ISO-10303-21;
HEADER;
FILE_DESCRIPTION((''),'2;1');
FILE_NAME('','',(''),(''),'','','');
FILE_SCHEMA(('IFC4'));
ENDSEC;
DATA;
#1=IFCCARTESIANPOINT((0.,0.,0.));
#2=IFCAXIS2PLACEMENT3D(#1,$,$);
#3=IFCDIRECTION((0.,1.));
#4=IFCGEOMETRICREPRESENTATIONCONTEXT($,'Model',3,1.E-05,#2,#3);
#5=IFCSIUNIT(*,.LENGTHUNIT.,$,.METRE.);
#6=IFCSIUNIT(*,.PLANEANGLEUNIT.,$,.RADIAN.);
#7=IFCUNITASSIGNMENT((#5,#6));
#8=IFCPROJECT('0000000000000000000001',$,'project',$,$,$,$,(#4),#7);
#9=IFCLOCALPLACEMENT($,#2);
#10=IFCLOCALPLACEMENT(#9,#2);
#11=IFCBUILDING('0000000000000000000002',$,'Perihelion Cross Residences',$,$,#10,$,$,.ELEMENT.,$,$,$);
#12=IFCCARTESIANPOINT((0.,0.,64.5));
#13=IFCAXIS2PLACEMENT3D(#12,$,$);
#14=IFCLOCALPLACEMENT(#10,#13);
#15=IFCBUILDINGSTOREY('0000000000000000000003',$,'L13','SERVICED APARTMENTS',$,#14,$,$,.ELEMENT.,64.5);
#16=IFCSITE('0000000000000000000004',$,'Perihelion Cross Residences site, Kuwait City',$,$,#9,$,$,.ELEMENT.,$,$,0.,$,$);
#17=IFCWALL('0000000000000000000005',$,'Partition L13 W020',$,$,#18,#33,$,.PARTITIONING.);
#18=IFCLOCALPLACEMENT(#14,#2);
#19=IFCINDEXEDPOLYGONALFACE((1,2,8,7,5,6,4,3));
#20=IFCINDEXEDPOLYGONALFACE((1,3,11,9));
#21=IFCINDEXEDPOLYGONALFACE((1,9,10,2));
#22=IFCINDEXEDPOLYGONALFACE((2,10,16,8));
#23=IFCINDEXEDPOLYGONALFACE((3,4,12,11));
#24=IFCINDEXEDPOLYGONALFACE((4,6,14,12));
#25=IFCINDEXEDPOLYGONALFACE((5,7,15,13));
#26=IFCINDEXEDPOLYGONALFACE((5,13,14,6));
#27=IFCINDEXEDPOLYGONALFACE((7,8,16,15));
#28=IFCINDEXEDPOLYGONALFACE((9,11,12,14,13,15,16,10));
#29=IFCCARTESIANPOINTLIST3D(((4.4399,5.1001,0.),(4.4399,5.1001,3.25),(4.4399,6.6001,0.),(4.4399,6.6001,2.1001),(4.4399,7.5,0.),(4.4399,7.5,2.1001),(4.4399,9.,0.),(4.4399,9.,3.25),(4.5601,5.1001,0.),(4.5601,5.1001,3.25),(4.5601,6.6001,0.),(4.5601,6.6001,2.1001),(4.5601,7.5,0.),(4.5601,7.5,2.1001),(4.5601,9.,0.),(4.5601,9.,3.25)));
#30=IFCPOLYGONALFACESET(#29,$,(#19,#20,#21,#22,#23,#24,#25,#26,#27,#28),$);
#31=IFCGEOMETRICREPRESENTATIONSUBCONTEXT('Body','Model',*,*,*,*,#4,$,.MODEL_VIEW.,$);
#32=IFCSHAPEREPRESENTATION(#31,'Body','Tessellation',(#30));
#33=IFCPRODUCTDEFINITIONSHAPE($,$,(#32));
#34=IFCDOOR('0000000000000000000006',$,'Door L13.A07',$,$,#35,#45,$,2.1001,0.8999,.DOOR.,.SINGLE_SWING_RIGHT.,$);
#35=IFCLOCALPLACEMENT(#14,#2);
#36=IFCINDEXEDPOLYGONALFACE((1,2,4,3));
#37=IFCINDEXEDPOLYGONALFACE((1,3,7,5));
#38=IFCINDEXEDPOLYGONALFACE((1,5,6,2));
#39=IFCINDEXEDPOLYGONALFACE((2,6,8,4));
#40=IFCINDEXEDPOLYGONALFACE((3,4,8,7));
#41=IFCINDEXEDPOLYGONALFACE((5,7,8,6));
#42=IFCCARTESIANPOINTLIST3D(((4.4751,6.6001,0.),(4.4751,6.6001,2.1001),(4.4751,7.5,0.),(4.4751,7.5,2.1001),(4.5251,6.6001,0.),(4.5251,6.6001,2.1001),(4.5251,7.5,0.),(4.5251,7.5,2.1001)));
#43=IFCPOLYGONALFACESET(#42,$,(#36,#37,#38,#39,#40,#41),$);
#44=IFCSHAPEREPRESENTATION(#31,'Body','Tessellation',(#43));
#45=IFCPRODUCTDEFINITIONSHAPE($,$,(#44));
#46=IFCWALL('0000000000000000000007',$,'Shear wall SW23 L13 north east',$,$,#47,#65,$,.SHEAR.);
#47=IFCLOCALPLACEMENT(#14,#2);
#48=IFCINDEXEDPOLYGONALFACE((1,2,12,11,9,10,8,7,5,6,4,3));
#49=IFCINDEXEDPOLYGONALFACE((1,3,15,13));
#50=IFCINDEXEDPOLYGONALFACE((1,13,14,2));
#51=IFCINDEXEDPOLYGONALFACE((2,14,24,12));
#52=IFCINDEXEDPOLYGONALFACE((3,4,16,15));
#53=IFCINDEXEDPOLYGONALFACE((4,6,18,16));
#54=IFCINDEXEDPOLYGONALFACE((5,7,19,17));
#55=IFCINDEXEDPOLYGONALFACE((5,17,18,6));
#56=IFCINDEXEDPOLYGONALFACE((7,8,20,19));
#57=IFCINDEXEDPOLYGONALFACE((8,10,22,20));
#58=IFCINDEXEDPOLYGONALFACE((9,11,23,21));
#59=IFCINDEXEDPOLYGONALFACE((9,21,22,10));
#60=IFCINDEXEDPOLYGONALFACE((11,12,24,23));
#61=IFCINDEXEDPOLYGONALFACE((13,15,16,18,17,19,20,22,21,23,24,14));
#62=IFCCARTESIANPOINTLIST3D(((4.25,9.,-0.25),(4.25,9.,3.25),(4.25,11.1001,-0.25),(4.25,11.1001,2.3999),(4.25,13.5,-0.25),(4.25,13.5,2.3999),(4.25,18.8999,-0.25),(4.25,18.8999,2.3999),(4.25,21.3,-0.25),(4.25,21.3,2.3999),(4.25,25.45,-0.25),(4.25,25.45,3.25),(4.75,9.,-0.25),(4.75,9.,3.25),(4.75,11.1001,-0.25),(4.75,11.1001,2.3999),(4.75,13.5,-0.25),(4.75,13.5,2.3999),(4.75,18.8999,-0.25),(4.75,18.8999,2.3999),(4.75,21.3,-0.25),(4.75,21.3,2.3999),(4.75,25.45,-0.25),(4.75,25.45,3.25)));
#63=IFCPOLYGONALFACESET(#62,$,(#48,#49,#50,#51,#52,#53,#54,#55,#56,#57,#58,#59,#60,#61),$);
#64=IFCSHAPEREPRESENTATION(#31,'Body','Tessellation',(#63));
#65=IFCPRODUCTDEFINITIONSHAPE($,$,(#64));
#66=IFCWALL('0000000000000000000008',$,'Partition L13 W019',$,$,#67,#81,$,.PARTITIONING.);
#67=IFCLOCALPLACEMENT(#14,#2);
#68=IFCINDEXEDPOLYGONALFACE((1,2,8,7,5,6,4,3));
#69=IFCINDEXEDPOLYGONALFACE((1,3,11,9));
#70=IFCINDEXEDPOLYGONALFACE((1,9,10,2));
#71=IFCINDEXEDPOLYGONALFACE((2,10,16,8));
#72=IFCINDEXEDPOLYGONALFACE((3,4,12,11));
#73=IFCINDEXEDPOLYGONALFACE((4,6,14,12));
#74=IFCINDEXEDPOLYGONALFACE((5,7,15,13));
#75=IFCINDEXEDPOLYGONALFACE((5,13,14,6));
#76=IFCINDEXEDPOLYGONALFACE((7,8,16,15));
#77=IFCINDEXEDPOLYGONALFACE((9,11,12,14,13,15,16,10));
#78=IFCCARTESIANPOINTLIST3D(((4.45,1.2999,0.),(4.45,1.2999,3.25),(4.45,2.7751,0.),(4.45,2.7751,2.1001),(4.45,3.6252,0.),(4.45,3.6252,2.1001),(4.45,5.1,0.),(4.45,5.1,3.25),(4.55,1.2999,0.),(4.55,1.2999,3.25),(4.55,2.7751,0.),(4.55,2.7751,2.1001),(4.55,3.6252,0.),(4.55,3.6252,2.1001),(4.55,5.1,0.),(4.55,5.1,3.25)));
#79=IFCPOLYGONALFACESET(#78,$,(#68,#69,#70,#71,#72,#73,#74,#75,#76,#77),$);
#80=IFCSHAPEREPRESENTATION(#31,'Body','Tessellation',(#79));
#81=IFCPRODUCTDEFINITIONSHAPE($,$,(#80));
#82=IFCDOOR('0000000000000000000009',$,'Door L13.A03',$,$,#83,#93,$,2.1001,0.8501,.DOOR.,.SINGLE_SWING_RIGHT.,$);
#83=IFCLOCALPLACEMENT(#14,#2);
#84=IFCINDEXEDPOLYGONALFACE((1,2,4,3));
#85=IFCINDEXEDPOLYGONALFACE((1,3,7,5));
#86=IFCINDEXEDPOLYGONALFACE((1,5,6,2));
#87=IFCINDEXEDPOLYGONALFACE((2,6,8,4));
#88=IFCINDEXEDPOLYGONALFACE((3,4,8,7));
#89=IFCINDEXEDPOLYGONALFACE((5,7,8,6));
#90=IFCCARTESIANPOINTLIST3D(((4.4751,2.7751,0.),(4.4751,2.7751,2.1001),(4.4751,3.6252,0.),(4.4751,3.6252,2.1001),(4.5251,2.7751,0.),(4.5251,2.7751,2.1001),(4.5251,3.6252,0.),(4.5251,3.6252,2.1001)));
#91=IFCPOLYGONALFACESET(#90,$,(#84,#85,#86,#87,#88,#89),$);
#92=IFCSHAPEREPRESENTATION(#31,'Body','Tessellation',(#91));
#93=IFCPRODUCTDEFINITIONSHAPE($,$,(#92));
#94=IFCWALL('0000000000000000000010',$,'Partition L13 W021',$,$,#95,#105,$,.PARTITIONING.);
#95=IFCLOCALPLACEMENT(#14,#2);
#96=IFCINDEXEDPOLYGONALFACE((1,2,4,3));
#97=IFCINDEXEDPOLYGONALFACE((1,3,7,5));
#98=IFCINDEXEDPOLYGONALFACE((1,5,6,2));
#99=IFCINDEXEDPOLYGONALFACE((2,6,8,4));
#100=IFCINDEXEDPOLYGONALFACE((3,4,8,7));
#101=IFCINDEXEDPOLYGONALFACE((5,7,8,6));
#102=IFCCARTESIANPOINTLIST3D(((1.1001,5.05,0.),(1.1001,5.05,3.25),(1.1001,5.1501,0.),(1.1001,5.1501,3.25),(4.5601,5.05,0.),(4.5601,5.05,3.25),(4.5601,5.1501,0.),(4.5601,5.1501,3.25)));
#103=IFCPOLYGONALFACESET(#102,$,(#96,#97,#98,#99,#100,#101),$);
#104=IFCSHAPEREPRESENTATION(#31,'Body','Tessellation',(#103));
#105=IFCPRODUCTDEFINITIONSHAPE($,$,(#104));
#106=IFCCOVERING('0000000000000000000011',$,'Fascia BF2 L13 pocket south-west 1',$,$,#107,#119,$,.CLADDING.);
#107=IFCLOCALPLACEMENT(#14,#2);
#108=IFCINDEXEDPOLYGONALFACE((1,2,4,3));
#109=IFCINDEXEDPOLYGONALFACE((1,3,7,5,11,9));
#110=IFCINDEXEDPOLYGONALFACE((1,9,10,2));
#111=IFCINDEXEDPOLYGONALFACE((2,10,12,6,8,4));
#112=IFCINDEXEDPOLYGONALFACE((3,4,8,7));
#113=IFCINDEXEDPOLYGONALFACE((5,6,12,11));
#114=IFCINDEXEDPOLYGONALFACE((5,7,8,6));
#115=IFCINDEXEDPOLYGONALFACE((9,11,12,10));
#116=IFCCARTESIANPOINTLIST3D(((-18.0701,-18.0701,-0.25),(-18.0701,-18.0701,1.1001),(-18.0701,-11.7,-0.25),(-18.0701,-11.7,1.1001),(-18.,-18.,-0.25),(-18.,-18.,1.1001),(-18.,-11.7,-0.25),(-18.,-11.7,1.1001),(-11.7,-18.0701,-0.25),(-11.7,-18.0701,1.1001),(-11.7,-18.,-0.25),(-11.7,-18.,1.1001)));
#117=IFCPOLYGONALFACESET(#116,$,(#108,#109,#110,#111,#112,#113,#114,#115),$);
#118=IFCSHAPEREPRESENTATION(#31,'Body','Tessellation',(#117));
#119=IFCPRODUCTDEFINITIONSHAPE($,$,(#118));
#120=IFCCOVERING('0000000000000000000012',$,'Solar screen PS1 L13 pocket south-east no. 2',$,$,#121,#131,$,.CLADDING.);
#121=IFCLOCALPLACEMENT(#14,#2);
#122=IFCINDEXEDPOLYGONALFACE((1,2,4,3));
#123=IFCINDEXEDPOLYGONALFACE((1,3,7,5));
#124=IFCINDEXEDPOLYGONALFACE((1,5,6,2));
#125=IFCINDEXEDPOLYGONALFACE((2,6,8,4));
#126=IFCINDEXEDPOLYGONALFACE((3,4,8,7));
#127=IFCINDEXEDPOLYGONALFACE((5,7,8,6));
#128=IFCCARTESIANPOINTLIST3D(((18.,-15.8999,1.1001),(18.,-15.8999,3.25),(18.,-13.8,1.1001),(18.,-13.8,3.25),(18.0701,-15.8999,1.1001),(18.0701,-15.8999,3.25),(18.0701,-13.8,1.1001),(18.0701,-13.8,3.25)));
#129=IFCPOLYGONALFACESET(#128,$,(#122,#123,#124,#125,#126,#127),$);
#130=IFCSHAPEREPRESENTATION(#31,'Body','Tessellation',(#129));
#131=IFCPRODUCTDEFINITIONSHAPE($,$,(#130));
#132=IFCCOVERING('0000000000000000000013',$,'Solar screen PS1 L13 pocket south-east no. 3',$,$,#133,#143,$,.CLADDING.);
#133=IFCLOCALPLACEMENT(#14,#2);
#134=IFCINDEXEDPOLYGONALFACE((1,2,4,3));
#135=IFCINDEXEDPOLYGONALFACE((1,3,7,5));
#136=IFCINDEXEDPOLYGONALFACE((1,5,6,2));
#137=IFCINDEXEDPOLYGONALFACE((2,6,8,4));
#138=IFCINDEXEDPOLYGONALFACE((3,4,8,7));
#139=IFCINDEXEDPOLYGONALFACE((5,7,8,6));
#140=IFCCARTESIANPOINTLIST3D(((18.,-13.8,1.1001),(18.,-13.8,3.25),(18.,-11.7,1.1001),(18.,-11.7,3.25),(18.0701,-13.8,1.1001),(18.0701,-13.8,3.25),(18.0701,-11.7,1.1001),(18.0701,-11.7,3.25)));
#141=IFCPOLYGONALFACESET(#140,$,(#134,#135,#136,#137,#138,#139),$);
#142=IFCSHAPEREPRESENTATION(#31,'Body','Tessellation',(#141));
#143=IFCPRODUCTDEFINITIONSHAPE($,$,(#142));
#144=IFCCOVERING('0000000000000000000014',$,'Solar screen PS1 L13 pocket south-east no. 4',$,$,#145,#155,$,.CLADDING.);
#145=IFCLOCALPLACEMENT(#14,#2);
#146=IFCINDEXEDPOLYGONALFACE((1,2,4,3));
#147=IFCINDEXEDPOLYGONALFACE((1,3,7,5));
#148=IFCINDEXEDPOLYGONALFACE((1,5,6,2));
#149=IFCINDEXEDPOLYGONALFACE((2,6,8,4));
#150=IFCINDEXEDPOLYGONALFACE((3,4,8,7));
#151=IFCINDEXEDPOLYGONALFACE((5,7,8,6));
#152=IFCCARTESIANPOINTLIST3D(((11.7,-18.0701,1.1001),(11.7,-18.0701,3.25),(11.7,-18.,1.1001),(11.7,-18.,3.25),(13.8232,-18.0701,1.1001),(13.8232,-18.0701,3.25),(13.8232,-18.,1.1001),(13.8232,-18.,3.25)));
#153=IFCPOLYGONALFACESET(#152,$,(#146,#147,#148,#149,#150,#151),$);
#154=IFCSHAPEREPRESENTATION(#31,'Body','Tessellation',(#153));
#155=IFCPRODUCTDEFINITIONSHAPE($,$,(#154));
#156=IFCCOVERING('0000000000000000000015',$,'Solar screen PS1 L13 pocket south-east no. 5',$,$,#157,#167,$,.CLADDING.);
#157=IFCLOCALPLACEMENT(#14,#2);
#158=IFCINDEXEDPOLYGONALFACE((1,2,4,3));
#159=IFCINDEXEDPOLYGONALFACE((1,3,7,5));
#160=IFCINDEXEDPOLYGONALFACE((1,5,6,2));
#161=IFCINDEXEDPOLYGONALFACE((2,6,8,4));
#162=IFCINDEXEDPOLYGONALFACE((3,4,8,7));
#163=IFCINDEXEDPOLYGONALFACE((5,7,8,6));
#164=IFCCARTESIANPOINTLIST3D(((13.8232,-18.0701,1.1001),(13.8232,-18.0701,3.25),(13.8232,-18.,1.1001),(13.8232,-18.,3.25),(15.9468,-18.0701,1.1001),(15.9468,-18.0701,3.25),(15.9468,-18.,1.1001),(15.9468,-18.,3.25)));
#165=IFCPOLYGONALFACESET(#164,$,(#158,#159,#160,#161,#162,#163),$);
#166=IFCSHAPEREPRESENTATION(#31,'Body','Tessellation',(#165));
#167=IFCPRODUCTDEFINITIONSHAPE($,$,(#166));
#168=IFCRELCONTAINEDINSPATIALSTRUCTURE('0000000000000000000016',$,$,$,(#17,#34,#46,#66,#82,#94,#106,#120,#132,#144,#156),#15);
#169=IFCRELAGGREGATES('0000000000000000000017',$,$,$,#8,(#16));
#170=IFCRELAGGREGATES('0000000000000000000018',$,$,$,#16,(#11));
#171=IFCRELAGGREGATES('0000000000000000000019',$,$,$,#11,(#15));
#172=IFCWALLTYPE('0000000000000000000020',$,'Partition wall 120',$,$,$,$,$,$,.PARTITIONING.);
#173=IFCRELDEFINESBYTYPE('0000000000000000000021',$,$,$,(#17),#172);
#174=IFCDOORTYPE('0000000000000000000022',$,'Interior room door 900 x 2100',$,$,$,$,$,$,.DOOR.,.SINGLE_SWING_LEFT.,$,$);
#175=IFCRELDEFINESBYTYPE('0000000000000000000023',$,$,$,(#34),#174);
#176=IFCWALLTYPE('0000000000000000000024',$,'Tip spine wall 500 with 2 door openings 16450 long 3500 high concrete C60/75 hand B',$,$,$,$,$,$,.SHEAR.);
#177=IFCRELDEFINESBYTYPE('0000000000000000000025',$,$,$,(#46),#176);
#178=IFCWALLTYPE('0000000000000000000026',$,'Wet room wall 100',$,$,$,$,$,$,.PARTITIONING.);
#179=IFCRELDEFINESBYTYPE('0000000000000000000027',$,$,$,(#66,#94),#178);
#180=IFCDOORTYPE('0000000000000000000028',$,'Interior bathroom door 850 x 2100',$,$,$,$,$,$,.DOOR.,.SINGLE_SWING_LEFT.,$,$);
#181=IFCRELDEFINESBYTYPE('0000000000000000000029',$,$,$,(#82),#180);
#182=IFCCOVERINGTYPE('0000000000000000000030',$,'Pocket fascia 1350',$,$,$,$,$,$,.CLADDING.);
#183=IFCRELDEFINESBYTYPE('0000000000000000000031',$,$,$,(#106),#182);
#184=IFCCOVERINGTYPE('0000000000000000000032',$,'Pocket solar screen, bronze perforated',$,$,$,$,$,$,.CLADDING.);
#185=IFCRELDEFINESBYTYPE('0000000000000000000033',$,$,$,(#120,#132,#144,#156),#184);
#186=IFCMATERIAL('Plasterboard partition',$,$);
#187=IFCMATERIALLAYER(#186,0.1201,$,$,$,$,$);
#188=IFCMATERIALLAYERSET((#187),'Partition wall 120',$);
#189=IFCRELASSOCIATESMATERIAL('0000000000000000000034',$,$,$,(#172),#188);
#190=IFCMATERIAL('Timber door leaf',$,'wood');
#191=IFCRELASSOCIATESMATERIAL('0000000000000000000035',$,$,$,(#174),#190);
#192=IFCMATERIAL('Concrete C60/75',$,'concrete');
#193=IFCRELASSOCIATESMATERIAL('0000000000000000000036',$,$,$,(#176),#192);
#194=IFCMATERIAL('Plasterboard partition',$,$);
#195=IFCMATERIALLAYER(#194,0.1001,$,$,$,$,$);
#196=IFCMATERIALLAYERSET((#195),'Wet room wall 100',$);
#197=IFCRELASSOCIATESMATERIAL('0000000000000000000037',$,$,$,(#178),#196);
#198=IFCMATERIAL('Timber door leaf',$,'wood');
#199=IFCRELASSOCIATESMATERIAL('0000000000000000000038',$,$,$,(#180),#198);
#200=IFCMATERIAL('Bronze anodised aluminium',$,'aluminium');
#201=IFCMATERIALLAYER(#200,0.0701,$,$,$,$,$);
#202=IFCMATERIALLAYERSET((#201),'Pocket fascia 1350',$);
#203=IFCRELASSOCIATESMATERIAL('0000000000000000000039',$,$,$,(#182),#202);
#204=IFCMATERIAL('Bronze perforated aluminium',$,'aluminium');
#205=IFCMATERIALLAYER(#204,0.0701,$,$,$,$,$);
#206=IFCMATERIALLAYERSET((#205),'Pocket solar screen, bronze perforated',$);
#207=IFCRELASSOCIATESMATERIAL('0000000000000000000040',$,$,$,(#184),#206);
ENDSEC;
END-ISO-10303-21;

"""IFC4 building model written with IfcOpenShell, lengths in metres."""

from ifc_helpers import new_model, si_unit, direction, frame, frame_2d, origin, place, context, subcontext, project, spatial, polyline, rectangle, outline, extrude, material, layer, layer_set, material_profile, profile_set, type_object, element, fill, save


model = new_model("IFC4")

# Units and contexts
model_context = context("Model", 3, precision=1e-05, world=origin(), true_north=direction((0.0, 1.0)))
body_context = subcontext(model_context, "Body", "Model", "MODEL_VIEW")
ifc_project = project(units=[si_unit("LENGTHUNIT", "METRE"), si_unit("PLANEANGLEUNIT", "RADIAN")], contexts=[model_context])

# Site, building, storey
site_placement = place(None, origin())
site = spatial("IfcSite", under=ifc_project, at=site_placement, Name="Perihelion Cross Residences site, Kuwait City", CompositionType="ELEMENT", RefElevation=0.0)
building_placement = place(site_placement, origin())
building = spatial("IfcBuilding", under=site, at=building_placement, Name="Perihelion Cross Residences", CompositionType="ELEMENT")
storey_placement = place(building_placement, frame((0.0, 0.0, 64.5)))
storey = spatial("IfcBuildingStorey", under=building, at=storey_placement, Name="L13", Description="SERVICED APARTMENTS", CompositionType="ELEMENT", Elevation=64.5)

# Wall, opening, door
ifc_material_1 = material(Name="Plasterboard partition")
ifc_layer_1 = layer(ifc_material_1, 0.1201)
ifc_layer_set_1 = layer_set([ifc_layer_1], Name="Partition wall 120")
wall_type_1 = type_object("IfcWallType", Name="Partition wall 120", PredefinedType="PARTITIONING", material=ifc_layer_set_1)
wall_1_placement = place(storey_placement, frame((4.5, 5.1001, 0.0), z_axis=(0.0, 0.0, 1.0), x_axis=(0.0, 1.0, 0.0)))
wall_1 = element("IfcWall", 1, at=wall_1_placement, inside=storey, type_object=wall_type_1, Name="Partition L13 W020", PredefinedType="PARTITIONING", context=body_context, shape_type="SweptSolid", body=[
    extrude(rectangle(XDim=3.8999, YDim=0.1201, at=frame_2d((1.95, 0.0))), origin(), (0.0, 0.0, 1.0), 3.25),
])
opening_1_placement = place(wall_1_placement, frame((1.5, 0.0, 0.0)))
opening_1 = element("IfcOpeningElement", 2, at=opening_1_placement, cuts=wall_1, PredefinedType="OPENING", context=body_context, shape_type="SweptSolid", body=[
    extrude(rectangle(XDim=0.8999, YDim=2.1001, at=frame_2d((0.45, 1.05))), frame((0.0, 0.0701, 0.0), z_axis=(0.0, -1.0, 0.0), x_axis=(1.0, 0.0, 0.0)), (0.0, 0.0, 1.0), 0.1401),
])
ifc_material_2 = material(Name="Timber door leaf", Category="wood")
door_type_1 = type_object("IfcDoorType", Name="Interior room door 900 x 2100", OperationType="SINGLE_SWING_LEFT", PredefinedType="DOOR", material=ifc_material_2)
door_1_placement = place(opening_1_placement, origin())
door_1 = element("IfcDoor", 3, at=door_1_placement, inside=storey, type_object=door_type_1, Name="Door L13.A07", OperationType="SINGLE_SWING_RIGHT", OverallHeight=2.1001, OverallWidth=0.8999, PredefinedType="DOOR", context=body_context, shape_type="SweptSolid", body=[
    extrude(rectangle(XDim=0.8999, YDim=2.1001, at=frame_2d((0.45, 1.05))), frame((0.0, 0.0249, 0.0), z_axis=(0.0, -1.0, 0.0), x_axis=(1.0, 0.0, 0.0)), (0.0, 0.0, 1.0), 0.05),
])
fill(opening_1, door_1)

# Wall
ifc_material_3 = material(Name="Concrete C60/75", Category="concrete")
ifc_material_profile_1 = material_profile(ifc_material_3, outline(polyline([(0.0, 0.0), (2.1001, 0.0), (2.1001, 2.6499), (4.5, 2.6499), (4.5, 0.0), (9.8999, 0.0), (9.8999, 2.6499), (12.3, 2.6499), (12.3, 0.0), (16.45, 0.0), (16.45, 3.5), (0.0, 3.5), (0.0, 0.0)])), Name="Tip spine wall")
ifc_profile_set_1 = profile_set([ifc_material_profile_1], Name="Concrete C60/75")
wall_type_2 = type_object("IfcWallType", Name="Tip spine wall 500 with 2 door openings 16450 long 3500 high concrete C60/75 hand B", PredefinedType="SHEAR", material=ifc_profile_set_1)
wall_2_placement = place(storey_placement, frame((4.25, 9.0, -0.25), z_axis=(1.0, 0.0, 0.0), x_axis=(0.0, 1.0, 0.0)))
element("IfcWall", 4, at=wall_2_placement, inside=storey, type_object=wall_type_2, Name="Shear wall SW23 L13 north east", PredefinedType="SHEAR", context=body_context, shape_type="SweptSolid", body=[
    extrude(outline(polyline([(0.0, 0.0), (2.1001, 0.0), (2.1001, 2.6499), (4.5, 2.6499), (4.5, 0.0), (9.8999, 0.0), (9.8999, 2.6499), (12.3, 2.6499), (12.3, 0.0), (16.45, 0.0), (16.45, 3.5), (0.0, 3.5), (0.0, 0.0)])), origin(), (0.0, 0.0, 1.0), 0.5),
])

# Wall, opening, door
ifc_material_4 = material(Name="Plasterboard partition")
ifc_layer_2 = layer(ifc_material_4, 0.1001)
ifc_layer_set_2 = layer_set([ifc_layer_2], Name="Wet room wall 100")
wall_type_3 = type_object("IfcWallType", Name="Wet room wall 100", PredefinedType="PARTITIONING", material=ifc_layer_set_2)
wall_3_placement = place(storey_placement, frame((4.5, 1.3, 0.0), z_axis=(0.0, 0.0, 1.0), x_axis=(0.0, 1.0, 0.0)))
wall_3 = element("IfcWall", 5, at=wall_3_placement, inside=storey, type_object=wall_type_3, Name="Partition L13 W019", PredefinedType="PARTITIONING", context=body_context, shape_type="SweptSolid", body=[
    extrude(rectangle(XDim=3.8, YDim=0.1001, at=frame_2d((1.8999, 0.0))), origin(), (0.0, 0.0, 1.0), 3.25),
])
opening_2_placement = place(wall_3_placement, frame((1.4751, 0.0, 0.0)))
opening_2 = element("IfcOpeningElement", 6, at=opening_2_placement, cuts=wall_3, PredefinedType="OPENING", context=body_context, shape_type="SweptSolid", body=[
    extrude(rectangle(XDim=0.8501, YDim=2.1001, at=frame_2d((0.425, 1.05))), frame((0.0, 0.0601, 0.0), z_axis=(0.0, -1.0, 0.0), x_axis=(1.0, 0.0, 0.0)), (0.0, 0.0, 1.0), 0.1201),
])
ifc_material_5 = material(Name="Timber door leaf", Category="wood")
door_type_2 = type_object("IfcDoorType", Name="Interior bathroom door 850 x 2100", OperationType="SINGLE_SWING_LEFT", PredefinedType="DOOR", material=ifc_material_5)
door_2_placement = place(opening_2_placement, origin())
door_2 = element("IfcDoor", 7, at=door_2_placement, inside=storey, type_object=door_type_2, Name="Door L13.A03", OperationType="SINGLE_SWING_RIGHT", OverallHeight=2.1001, OverallWidth=0.8501, PredefinedType="DOOR", context=body_context, shape_type="SweptSolid", body=[
    extrude(rectangle(XDim=0.8501, YDim=2.1001, at=frame_2d((0.425, 1.05))), frame((0.0, 0.0249, 0.0), z_axis=(0.0, -1.0, 0.0), x_axis=(1.0, 0.0, 0.0)), (0.0, 0.0, 1.0), 0.05),
])
fill(opening_2, door_2)

# Wall
wall_4_placement = place(storey_placement, frame((1.1001, 5.1001, 0.0), z_axis=(0.0, 0.0, 1.0), x_axis=(1.0, 0.0, 0.0)))
element("IfcWall", 8, at=wall_4_placement, inside=storey, type_object=wall_type_3, Name="Partition L13 W021", PredefinedType="PARTITIONING", context=body_context, shape_type="SweptSolid", body=[
    extrude(rectangle(XDim=3.46, YDim=0.1001, at=frame_2d((1.73, 0.0))), origin(), (0.0, 0.0, 1.0), 3.25),
])

# Coverings
ifc_material_6 = material(Name="Bronze anodised aluminium", Category="aluminium")
ifc_layer_3 = layer(ifc_material_6, 0.0701)
ifc_layer_set_3 = layer_set([ifc_layer_3], Name="Pocket fascia 1350")
covering_type_1 = type_object("IfcCoveringType", Name="Pocket fascia 1350", PredefinedType="CLADDING", material=ifc_layer_set_3)
covering_1_placement = place(storey_placement, frame((0.0, 0.0, -0.25)))
element("IfcCovering", 9, at=covering_1_placement, inside=storey, type_object=covering_type_1, Name="Fascia BF2 L13 pocket south-west 1", PredefinedType="CLADDING", context=body_context, shape_type="SweptSolid", body=[
    extrude(outline(polyline([(-18.0701, -11.7), (-18.0701, -18.0701), (-11.7, -18.0701), (-11.7, -18.0), (-18.0, -18.0), (-18.0, -11.7), (-18.0701, -11.7)])), origin(), (0.0, 0.0, 1.0), 1.3501),
])
ifc_material_7 = material(Name="Bronze perforated aluminium", Category="aluminium")
ifc_layer_4 = layer(ifc_material_7, 0.0701)
ifc_layer_set_4 = layer_set([ifc_layer_4], Name="Pocket solar screen, bronze perforated")
covering_type_2 = type_object("IfcCoveringType", Name="Pocket solar screen, bronze perforated", PredefinedType="CLADDING", material=ifc_layer_set_4)
covering_2_placement = place(storey_placement, frame((0.0, 0.0, 1.1001)))
element("IfcCovering", 10, at=covering_2_placement, inside=storey, type_object=covering_type_2, Name="Solar screen PS1 L13 pocket south-east no. 2", PredefinedType="CLADDING", context=body_context, shape_type="SweptSolid", body=[
    extrude(outline(polyline([(18.0701, -15.8999), (18.0701, -13.8), (18.0, -13.8), (18.0, -15.8999), (18.0701, -15.8999)])), origin(), (0.0, 0.0, 1.0), 2.1499),
])
covering_3_placement = place(storey_placement, frame((0.0, 0.0, 1.1001)))
element("IfcCovering", 11, at=covering_3_placement, inside=storey, type_object=covering_type_2, Name="Solar screen PS1 L13 pocket south-east no. 3", PredefinedType="CLADDING", context=body_context, shape_type="SweptSolid", body=[
    extrude(outline(polyline([(18.0701, -13.8), (18.0701, -11.7), (18.0, -11.7), (18.0, -13.8), (18.0701, -13.8)])), origin(), (0.0, 0.0, 1.0), 2.1499),
])
covering_4_placement = place(storey_placement, frame((0.0, 0.0, 1.1001)))
element("IfcCovering", 12, at=covering_4_placement, inside=storey, type_object=covering_type_2, Name="Solar screen PS1 L13 pocket south-east no. 4", PredefinedType="CLADDING", context=body_context, shape_type="SweptSolid", body=[
    extrude(outline(polyline([(13.8232, -18.0701), (13.8232, -18.0), (11.7, -18.0), (11.7, -18.0701), (13.8232, -18.0701)])), origin(), (0.0, 0.0, 1.0), 2.1499),
])
covering_5_placement = place(storey_placement, frame((0.0, 0.0, 1.1001)))
element("IfcCovering", 13, at=covering_5_placement, inside=storey, type_object=covering_type_2, Name="Solar screen PS1 L13 pocket south-east no. 5", PredefinedType="CLADDING", context=body_context, shape_type="SweptSolid", body=[
    extrude(outline(polyline([(15.9468, -18.0701), (15.9468, -18.0), (13.8232, -18.0), (13.8232, -18.0701), (15.9468, -18.0701)])), origin(), (0.0, 0.0, 1.0), 2.1499),
])

save(model, "model.ifc")
